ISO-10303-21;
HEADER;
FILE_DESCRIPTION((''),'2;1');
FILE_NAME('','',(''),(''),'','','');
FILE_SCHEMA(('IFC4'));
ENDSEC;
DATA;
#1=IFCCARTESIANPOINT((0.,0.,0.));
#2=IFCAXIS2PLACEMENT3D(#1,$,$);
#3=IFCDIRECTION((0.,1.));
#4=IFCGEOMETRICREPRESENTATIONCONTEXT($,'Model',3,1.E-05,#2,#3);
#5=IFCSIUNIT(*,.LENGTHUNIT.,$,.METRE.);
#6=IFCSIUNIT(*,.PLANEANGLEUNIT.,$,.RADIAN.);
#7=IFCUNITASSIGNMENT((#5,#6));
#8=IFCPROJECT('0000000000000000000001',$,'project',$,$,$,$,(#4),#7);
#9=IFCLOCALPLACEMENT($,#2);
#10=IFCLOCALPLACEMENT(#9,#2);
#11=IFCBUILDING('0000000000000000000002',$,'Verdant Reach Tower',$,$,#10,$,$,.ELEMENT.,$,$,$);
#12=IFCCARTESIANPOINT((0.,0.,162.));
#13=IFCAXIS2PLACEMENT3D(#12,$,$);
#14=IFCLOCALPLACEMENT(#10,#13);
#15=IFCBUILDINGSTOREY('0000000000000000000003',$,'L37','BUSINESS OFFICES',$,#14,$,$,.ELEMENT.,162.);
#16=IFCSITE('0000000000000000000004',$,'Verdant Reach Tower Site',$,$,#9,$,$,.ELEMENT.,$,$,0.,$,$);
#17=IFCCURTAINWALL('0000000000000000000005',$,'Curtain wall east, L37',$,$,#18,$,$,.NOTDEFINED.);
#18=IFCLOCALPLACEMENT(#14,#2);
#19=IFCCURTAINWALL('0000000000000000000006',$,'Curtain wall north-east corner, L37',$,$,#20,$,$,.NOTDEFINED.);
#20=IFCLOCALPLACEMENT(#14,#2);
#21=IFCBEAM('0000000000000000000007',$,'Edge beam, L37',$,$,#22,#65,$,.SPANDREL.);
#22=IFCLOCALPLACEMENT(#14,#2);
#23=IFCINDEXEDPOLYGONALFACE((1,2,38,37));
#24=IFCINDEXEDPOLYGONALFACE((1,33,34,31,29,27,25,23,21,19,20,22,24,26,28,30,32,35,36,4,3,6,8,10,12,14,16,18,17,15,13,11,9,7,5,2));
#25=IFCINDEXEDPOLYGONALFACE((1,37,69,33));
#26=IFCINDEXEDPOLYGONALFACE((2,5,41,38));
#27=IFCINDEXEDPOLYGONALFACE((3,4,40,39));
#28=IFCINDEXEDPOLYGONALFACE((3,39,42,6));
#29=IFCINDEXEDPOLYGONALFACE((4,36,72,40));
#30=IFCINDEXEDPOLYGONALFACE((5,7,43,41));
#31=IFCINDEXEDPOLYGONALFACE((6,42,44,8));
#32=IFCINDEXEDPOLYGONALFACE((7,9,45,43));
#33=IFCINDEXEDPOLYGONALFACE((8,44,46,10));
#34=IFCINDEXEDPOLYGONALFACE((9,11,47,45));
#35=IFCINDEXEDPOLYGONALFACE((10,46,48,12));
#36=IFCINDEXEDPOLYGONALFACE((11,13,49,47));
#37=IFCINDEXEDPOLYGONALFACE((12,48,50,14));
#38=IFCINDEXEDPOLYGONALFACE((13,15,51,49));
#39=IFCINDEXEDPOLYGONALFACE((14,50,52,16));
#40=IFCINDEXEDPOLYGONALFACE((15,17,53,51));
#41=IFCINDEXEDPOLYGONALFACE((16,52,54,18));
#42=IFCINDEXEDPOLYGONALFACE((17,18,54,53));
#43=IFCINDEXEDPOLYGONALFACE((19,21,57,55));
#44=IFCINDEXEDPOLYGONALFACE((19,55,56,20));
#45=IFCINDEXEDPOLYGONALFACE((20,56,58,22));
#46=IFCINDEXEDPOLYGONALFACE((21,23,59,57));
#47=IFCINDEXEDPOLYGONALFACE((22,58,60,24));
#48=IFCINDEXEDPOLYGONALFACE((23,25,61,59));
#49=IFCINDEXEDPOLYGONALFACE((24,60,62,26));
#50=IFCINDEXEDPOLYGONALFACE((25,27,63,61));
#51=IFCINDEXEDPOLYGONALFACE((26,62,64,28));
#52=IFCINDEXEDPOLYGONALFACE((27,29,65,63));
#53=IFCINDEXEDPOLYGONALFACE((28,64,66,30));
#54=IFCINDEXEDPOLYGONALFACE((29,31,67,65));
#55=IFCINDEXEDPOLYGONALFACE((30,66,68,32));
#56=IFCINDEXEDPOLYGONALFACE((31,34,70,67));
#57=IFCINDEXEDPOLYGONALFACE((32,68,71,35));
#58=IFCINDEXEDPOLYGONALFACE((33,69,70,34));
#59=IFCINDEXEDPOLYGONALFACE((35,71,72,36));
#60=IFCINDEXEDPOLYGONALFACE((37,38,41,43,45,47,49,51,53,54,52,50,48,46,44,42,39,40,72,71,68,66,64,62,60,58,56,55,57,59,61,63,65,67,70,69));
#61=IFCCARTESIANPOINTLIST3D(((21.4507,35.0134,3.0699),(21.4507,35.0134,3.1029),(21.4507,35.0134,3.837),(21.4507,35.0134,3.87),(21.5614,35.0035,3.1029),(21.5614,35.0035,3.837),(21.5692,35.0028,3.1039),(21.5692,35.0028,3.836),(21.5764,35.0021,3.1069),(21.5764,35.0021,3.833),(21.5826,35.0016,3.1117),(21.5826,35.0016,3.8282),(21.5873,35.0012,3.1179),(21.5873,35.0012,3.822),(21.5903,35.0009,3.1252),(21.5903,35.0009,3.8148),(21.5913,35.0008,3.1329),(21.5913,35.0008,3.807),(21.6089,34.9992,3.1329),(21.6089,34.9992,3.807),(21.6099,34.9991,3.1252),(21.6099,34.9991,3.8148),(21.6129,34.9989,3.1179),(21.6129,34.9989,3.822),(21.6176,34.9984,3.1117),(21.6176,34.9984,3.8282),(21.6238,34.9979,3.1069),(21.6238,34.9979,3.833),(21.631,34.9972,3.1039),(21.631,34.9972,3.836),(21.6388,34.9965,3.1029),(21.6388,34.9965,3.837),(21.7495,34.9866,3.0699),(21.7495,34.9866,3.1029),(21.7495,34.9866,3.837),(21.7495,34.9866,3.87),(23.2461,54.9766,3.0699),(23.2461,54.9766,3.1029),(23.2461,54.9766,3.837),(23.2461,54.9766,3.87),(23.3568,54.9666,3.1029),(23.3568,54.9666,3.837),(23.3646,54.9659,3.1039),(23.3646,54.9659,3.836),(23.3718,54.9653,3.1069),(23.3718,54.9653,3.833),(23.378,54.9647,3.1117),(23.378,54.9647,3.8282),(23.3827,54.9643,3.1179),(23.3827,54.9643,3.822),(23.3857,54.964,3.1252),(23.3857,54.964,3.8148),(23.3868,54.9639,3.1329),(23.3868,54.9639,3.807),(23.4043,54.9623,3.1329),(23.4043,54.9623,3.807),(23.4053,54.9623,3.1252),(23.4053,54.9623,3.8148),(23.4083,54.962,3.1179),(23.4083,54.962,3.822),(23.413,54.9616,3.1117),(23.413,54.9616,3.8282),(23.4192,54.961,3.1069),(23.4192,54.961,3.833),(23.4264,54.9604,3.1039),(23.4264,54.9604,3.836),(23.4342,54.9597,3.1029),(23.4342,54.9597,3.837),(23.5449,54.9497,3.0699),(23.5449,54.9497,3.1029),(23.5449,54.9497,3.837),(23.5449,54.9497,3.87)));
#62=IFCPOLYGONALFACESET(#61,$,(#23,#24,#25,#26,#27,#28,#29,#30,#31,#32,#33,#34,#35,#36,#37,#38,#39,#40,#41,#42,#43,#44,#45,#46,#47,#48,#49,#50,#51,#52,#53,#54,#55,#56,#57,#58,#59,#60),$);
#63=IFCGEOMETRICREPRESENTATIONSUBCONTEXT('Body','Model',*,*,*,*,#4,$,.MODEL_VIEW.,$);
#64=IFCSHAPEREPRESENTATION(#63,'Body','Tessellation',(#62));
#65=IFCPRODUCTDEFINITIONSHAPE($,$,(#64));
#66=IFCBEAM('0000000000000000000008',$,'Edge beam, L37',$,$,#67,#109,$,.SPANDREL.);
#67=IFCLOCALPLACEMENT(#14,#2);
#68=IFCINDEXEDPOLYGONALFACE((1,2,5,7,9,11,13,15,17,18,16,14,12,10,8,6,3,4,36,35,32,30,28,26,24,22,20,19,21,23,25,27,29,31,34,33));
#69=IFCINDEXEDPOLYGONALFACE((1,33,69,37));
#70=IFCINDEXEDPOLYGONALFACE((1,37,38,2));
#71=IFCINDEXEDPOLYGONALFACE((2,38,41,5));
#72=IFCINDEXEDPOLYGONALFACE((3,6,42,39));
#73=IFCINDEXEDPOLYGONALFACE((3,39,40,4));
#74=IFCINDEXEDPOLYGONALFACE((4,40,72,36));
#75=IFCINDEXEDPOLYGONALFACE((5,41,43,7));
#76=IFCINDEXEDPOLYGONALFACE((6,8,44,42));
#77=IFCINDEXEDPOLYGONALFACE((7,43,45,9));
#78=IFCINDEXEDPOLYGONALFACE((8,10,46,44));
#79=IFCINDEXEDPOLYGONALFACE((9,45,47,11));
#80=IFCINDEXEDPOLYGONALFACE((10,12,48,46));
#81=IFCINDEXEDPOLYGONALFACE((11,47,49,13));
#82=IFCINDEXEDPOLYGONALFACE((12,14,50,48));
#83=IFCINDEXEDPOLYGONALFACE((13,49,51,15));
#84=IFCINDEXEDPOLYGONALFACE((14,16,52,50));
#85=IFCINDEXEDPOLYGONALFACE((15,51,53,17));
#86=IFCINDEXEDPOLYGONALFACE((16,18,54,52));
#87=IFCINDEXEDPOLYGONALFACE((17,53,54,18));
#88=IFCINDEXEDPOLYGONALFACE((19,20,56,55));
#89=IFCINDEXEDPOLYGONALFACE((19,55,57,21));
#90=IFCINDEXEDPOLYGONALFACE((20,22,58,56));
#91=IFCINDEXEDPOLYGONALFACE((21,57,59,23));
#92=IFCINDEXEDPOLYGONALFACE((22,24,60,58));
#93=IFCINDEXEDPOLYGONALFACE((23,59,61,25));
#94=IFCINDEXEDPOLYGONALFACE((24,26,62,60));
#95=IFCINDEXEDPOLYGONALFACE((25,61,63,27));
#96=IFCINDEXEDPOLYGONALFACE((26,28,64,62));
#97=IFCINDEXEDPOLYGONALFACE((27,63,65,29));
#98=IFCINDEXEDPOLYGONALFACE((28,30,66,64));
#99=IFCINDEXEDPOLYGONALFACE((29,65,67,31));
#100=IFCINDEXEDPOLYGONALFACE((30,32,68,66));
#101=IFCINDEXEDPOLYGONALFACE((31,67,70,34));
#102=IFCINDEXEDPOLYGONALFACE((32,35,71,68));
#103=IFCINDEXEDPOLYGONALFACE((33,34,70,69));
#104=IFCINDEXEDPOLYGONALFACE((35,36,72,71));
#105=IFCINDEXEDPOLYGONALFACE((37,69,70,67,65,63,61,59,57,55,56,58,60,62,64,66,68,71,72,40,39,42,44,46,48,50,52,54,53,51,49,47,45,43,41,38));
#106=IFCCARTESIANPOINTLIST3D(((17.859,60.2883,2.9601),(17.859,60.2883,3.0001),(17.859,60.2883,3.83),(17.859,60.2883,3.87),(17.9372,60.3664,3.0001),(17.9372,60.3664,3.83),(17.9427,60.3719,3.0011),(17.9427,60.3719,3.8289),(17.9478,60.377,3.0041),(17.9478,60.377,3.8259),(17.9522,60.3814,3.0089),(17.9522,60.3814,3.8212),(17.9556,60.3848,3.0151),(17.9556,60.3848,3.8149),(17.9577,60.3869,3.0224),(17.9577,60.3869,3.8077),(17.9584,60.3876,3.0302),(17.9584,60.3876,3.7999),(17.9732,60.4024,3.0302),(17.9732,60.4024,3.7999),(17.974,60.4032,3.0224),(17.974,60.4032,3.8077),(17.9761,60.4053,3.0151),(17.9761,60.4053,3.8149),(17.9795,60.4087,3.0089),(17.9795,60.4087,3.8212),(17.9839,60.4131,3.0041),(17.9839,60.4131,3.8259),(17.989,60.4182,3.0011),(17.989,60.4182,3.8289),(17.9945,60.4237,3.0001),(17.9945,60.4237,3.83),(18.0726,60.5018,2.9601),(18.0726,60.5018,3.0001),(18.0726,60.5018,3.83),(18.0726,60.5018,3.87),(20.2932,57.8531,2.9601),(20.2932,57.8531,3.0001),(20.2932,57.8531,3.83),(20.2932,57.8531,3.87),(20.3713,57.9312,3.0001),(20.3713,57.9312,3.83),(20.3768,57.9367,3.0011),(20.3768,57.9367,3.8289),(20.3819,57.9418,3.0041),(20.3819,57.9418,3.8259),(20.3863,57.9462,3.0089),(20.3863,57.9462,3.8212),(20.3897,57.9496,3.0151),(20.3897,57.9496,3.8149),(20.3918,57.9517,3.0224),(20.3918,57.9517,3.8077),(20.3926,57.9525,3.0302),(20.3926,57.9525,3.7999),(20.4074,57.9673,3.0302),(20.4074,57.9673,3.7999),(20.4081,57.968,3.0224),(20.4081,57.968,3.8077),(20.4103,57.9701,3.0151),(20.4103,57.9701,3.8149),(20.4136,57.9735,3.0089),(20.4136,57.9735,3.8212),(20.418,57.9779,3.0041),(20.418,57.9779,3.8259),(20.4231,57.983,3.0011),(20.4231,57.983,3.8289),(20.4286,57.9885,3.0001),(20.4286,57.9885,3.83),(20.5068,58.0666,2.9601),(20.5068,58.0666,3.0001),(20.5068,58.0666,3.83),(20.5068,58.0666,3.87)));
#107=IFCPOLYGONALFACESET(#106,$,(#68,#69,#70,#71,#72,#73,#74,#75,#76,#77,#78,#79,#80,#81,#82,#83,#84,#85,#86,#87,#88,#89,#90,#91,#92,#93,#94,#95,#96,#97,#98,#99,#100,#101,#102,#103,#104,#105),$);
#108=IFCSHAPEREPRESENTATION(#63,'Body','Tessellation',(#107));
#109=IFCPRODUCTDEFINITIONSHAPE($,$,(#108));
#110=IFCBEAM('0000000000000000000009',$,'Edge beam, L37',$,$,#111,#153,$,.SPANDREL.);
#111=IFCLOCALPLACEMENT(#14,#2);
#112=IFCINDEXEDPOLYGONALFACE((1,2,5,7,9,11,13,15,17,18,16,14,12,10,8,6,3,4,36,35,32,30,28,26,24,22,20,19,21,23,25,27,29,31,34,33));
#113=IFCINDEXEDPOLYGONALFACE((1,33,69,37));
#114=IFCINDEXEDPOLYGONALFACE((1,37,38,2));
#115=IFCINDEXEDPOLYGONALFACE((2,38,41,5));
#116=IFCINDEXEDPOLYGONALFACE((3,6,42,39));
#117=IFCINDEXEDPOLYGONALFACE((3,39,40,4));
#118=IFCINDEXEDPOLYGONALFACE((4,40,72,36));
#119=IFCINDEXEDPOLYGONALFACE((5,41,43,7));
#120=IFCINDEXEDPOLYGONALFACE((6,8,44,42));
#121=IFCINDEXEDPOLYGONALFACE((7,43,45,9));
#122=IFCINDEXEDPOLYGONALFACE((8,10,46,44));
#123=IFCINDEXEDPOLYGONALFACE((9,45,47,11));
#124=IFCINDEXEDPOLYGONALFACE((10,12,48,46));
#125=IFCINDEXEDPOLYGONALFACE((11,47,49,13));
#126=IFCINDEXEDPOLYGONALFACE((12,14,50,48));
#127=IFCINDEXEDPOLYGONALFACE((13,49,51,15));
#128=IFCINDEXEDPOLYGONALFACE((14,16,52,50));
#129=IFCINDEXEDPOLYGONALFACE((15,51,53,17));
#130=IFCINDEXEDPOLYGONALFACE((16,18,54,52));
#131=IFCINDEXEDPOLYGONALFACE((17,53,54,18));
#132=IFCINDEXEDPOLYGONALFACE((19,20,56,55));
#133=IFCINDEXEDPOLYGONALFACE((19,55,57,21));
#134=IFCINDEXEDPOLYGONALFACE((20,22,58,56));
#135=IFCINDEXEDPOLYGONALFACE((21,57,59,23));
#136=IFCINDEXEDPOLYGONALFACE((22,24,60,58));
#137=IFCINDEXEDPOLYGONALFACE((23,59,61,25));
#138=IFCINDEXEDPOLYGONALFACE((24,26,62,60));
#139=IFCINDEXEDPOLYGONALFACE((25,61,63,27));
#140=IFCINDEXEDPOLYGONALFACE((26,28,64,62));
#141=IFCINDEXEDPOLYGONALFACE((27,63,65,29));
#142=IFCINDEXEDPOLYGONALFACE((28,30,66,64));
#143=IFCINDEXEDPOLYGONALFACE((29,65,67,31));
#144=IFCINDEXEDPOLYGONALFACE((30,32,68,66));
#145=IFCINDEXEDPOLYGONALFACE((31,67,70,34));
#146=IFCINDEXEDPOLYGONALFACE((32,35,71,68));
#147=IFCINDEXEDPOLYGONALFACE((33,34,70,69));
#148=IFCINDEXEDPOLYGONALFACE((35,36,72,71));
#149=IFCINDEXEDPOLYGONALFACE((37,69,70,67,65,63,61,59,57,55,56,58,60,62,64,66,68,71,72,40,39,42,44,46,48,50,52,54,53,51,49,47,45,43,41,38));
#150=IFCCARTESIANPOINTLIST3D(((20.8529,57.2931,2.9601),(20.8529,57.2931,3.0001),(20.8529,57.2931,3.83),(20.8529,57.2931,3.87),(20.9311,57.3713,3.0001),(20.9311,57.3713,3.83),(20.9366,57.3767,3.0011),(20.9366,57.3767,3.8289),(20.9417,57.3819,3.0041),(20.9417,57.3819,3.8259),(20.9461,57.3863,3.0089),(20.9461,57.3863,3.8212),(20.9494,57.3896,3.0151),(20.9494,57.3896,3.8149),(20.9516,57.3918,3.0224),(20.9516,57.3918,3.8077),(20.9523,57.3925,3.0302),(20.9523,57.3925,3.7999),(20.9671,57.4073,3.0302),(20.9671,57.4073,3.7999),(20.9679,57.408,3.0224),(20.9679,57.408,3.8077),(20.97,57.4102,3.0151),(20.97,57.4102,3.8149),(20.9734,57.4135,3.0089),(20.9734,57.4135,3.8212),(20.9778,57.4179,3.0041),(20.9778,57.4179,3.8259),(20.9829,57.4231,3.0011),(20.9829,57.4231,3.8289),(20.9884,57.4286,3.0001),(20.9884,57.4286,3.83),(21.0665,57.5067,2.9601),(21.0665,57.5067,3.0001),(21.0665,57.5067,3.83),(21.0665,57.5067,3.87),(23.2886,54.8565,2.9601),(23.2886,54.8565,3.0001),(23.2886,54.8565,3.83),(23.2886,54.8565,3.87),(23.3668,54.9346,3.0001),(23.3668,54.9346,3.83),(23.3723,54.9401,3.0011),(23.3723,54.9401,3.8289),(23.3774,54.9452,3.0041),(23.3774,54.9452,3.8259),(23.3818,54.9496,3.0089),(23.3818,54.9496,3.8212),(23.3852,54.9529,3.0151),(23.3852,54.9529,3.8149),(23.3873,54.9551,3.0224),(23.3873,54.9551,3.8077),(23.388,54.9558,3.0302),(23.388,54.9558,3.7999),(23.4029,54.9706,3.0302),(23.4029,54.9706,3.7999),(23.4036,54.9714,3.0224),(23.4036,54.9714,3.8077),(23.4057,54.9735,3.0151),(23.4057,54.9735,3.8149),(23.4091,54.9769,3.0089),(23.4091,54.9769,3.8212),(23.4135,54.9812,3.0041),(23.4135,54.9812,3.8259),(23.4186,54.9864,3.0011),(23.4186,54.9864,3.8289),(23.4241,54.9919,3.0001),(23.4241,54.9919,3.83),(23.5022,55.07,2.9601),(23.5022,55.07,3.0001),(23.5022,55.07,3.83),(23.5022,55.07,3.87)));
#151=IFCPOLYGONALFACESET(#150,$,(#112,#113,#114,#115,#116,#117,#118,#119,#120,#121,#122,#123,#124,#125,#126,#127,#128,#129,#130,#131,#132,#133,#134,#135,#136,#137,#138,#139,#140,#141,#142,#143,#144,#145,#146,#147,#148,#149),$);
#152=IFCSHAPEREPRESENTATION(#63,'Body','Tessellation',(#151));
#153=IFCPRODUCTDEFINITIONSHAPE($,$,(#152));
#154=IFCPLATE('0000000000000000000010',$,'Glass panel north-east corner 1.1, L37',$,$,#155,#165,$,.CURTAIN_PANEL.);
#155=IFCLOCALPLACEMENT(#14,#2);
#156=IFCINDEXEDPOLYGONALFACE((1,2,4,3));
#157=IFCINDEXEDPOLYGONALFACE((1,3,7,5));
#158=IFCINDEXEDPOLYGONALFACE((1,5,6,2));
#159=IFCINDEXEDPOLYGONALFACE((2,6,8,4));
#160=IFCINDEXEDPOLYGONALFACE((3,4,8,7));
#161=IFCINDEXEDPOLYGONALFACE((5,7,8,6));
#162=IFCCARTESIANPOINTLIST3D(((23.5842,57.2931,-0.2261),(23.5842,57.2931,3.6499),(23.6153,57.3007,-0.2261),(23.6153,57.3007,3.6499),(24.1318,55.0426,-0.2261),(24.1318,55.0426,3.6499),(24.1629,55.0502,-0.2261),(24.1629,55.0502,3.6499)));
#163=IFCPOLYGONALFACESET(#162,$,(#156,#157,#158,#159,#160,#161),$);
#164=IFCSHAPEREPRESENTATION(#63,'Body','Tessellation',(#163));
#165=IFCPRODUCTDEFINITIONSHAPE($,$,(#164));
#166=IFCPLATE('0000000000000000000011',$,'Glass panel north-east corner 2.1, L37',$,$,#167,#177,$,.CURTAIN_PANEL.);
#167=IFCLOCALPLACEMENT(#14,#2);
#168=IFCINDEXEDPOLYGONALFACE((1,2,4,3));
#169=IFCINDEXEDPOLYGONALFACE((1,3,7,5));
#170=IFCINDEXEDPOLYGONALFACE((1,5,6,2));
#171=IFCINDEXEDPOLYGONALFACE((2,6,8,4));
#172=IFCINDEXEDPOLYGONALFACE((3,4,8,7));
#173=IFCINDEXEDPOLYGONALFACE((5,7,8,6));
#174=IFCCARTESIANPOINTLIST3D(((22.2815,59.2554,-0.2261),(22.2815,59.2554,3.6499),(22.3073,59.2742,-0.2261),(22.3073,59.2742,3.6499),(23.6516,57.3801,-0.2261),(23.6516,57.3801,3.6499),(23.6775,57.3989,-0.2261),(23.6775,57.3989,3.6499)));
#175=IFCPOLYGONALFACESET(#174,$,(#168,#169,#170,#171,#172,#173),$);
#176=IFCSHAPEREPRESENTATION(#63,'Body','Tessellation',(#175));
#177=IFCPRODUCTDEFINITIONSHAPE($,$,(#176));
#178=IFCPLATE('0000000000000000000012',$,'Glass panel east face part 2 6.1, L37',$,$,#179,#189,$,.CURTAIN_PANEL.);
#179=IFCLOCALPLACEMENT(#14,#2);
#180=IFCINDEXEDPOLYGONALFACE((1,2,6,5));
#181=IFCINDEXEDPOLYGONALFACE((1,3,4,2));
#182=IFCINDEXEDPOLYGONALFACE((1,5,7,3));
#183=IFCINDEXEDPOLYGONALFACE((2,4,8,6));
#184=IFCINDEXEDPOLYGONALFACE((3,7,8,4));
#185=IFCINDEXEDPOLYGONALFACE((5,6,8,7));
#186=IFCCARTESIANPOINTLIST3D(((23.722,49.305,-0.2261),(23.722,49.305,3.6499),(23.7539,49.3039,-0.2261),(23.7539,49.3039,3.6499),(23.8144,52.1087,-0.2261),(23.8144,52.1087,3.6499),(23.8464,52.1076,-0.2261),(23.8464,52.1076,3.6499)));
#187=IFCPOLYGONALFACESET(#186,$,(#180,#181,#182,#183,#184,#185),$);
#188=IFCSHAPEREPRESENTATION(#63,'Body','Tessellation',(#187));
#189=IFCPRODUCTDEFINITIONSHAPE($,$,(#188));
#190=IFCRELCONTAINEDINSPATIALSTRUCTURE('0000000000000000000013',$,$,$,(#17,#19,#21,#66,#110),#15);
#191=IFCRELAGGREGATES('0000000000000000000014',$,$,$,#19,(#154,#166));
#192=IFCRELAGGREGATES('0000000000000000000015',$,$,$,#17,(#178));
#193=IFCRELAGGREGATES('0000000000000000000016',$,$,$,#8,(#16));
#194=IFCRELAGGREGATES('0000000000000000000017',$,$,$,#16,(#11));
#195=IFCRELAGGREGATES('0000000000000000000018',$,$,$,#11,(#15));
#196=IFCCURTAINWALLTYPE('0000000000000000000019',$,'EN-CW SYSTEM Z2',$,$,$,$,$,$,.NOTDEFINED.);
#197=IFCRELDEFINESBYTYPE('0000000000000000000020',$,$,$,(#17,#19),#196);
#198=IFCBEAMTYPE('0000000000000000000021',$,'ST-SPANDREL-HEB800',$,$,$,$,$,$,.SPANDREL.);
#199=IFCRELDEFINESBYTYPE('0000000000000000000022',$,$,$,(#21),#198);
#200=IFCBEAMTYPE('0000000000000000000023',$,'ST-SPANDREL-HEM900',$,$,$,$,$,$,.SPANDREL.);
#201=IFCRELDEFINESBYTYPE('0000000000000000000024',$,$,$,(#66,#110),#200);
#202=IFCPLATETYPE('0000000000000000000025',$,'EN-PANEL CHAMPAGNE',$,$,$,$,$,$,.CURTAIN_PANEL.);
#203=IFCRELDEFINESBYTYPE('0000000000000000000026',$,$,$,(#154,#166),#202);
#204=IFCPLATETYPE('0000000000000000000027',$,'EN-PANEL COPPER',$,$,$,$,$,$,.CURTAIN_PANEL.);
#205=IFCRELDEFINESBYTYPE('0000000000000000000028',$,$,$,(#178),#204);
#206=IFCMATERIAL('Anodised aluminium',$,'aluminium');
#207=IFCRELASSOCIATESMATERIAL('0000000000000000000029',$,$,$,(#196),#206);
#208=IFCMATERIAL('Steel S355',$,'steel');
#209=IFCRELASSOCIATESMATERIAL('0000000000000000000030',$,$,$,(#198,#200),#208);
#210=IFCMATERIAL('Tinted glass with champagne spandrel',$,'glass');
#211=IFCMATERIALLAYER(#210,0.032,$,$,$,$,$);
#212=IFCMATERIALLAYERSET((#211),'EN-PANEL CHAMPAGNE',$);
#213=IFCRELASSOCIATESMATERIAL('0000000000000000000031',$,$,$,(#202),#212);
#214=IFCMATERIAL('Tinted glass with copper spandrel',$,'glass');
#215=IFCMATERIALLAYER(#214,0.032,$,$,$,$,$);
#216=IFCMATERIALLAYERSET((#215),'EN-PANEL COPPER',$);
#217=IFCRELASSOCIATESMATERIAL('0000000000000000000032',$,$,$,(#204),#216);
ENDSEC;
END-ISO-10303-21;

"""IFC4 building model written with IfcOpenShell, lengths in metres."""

from ifc_helpers import new_model, si_unit, direction, frame, origin, origin_2d, place, context, subcontext, project, spatial, rectangle, i_section, extrude, material, layer, layer_set, material_profile, profile_set, type_object, element, aggregate, save


model = new_model("IFC4")

# Units and contexts
model_context = context("Model", 3, precision=1e-05, world=origin(), true_north=direction((0.0, 1.0)))
body_context = subcontext(model_context, "Body", "Model", "MODEL_VIEW")
ifc_project = project(units=[si_unit("LENGTHUNIT", "METRE"), si_unit("PLANEANGLEUNIT", "RADIAN")], contexts=[model_context])

# Site, building, storey
site_placement = place(None, origin())
site = spatial("IfcSite", under=ifc_project, at=site_placement, Name="Verdant Reach Tower Site", CompositionType="ELEMENT", RefElevation=0.0)
building_placement = place(site_placement, origin())
building = spatial("IfcBuilding", under=site, at=building_placement, Name="Verdant Reach Tower", CompositionType="ELEMENT")
storey_placement = place(building_placement, frame((0.0, 0.0, 162.0)))
storey = spatial("IfcBuildingStorey", under=building, at=storey_placement, Name="L37", Description="BUSINESS OFFICES", CompositionType="ELEMENT", Elevation=162.0)

# Curtain wall
ifc_material_1 = material(Name="Anodised aluminium", Category="aluminium")
curtain_wall_type = type_object("IfcCurtainWallType", Name="EN-CW SYSTEM Z2", PredefinedType="NOTDEFINED", material=ifc_material_1)
curtain_wall_1_placement = place(storey_placement, origin())
curtain_wall_1 = element("IfcCurtainWall", 1, at=curtain_wall_1_placement, inside=storey, type_object=curtain_wall_type, Name="Curtain wall east, L37", PredefinedType="NOTDEFINED")

# Curtain wall
curtain_wall_2_placement = place(storey_placement, origin())
curtain_wall_2 = element("IfcCurtainWall", 2, at=curtain_wall_2_placement, inside=storey, type_object=curtain_wall_type, Name="Curtain wall north-east corner, L37", PredefinedType="NOTDEFINED")

# Beams
ifc_material_2 = material(Name="Steel S355", Category="steel")
ifc_material_profile_1 = material_profile(ifc_material_2, i_section(OverallWidth=0.3, OverallDepth=0.8, WebThickness=0.0176, FlangeThickness=0.033, FilletRadius=0.03, at=origin_2d()), Name="HEB 800")
ifc_profile_set_1 = profile_set([ifc_material_profile_1], Name="Steel S355")
beam_type_1 = type_object("IfcBeamType", Name="ST-SPANDREL-HEB800", PredefinedType="SPANDREL", material=ifc_profile_set_1)
beam_1_placement = place(storey_placement, frame((23.3955, 54.9631, 3.47), z_axis=(-0.089575, -0.99598, 0.0), x_axis=(0.99598, -0.089575, 0.0)))
element("IfcBeam", 3, at=beam_1_placement, inside=storey, type_object=beam_type_1, Name="Edge beam, L37", PredefinedType="SPANDREL", context=body_context, shape_type="SweptSolid", body=[
    extrude(i_section(OverallWidth=0.3, OverallDepth=0.8, WebThickness=0.0176, FlangeThickness=0.033, FilletRadius=0.03, at=origin_2d()), origin(), (0.0, 0.0, 1.0), 20.0437),
])
ifc_material_profile_2 = material_profile(ifc_material_2, i_section(OverallWidth=0.302, OverallDepth=0.9099, WebThickness=0.021, FlangeThickness=0.04, FilletRadius=0.03, at=origin_2d()), Name="HEM 900")
ifc_profile_set_2 = profile_set([ifc_material_profile_2], Name="Steel S355")
beam_type_2 = type_object("IfcBeamType", Name="ST-SPANDREL-HEM900", PredefinedType="SPANDREL", material=ifc_profile_set_2)
beam_2_placement = place(storey_placement, frame((17.9658, 60.395, 3.415), z_axis=(0.706965, -0.707249, 0.0), x_axis=(0.707249, 0.706965, 0.0)))
element("IfcBeam", 4, at=beam_2_placement, inside=storey, type_object=beam_type_2, Name="Edge beam, L37", PredefinedType="SPANDREL", context=body_context, shape_type="SweptSolid", body=[
    extrude(i_section(OverallWidth=0.302, OverallDepth=0.9099, WebThickness=0.021, FlangeThickness=0.04, FilletRadius=0.03, at=origin_2d()), origin(), (0.0, 0.0, 1.0), 3.4431),
])
beam_3_placement = place(storey_placement, frame((20.9597, 57.3999, 3.415), z_axis=(0.706965, -0.707248, 0.0), x_axis=(0.707248, 0.706965, 0.0)))
element("IfcBeam", 5, at=beam_3_placement, inside=storey, type_object=beam_type_2, Name="Edge beam, L37", PredefinedType="SPANDREL", context=body_context, shape_type="SweptSolid", body=[
    extrude(i_section(OverallWidth=0.302, OverallDepth=0.9099, WebThickness=0.021, FlangeThickness=0.04, FilletRadius=0.03, at=origin_2d()), origin(), (0.0, 0.0, 1.0), 3.4453),
])

# Plates
ifc_material_3 = material(Name="Tinted glass with champagne spandrel", Category="glass")
ifc_layer_1 = layer(ifc_material_3, 0.032)
ifc_layer_set_1 = layer_set([ifc_layer_1], Name="EN-PANEL CHAMPAGNE")
plate_type_1 = type_object("IfcPlateType", Name="EN-PANEL CHAMPAGNE", PredefinedType="CURTAIN_PANEL", material=ifc_layer_set_1)
plate_1_placement = place(storey_placement, frame((23.8735, 56.1716, -0.2261), z_axis=(0.0, 0.0, 1.0), x_axis=(-0.236416, 0.971652, 0.0)))
plate_1 = element("IfcPlate", 6, at=plate_1_placement, type_object=plate_type_1, Name="Glass panel north-east corner 1.1, L37", PredefinedType="CURTAIN_PANEL", context=body_context, shape_type="SweptSolid", body=[
    extrude(rectangle(XDim=2.3162, YDim=0.032, at=origin_2d()), origin(), (0.0, 0.0, 1.0), 3.876),
])
plate_2_placement = place(storey_placement, frame((22.9795, 58.3271, -0.2261), z_axis=(0.0, 0.0, 1.0), x_axis=(-0.589927, 0.807457, 0.0)))
plate_2 = element("IfcPlate", 7, at=plate_2_placement, type_object=plate_type_1, Name="Glass panel north-east corner 2.1, L37", PredefinedType="CURTAIN_PANEL", context=body_context, shape_type="SweptSolid", body=[
    extrude(rectangle(XDim=2.3225, YDim=0.032, at=origin_2d()), origin(), (0.0, 0.0, 1.0), 3.876),
])
ifc_material_4 = material(Name="Tinted glass with copper spandrel", Category="glass")
ifc_layer_2 = layer(ifc_material_4, 0.032)
ifc_layer_set_2 = layer_set([ifc_layer_2], Name="EN-PANEL COPPER")
plate_type_2 = type_object("IfcPlateType", Name="EN-PANEL COPPER", PredefinedType="CURTAIN_PANEL", material=ifc_layer_set_2)
plate_3_placement = place(storey_placement, frame((23.7842, 50.7063, -0.2261), z_axis=(0.0, 0.0, 1.0), x_axis=(0.032966, 0.999456, 0.0)))
plate_3 = element("IfcPlate", 8, at=plate_3_placement, type_object=plate_type_2, Name="Glass panel east face part 2 6.1, L37", PredefinedType="CURTAIN_PANEL", context=body_context, shape_type="SweptSolid", body=[
    extrude(rectangle(XDim=2.8052, YDim=0.032, at=origin_2d()), origin(), (0.0, 0.0, 1.0), 3.876),
])
aggregate(curtain_wall_2, [plate_1, plate_2])
aggregate(curtain_wall_1, [plate_3])

save(model, "model.ifc")
